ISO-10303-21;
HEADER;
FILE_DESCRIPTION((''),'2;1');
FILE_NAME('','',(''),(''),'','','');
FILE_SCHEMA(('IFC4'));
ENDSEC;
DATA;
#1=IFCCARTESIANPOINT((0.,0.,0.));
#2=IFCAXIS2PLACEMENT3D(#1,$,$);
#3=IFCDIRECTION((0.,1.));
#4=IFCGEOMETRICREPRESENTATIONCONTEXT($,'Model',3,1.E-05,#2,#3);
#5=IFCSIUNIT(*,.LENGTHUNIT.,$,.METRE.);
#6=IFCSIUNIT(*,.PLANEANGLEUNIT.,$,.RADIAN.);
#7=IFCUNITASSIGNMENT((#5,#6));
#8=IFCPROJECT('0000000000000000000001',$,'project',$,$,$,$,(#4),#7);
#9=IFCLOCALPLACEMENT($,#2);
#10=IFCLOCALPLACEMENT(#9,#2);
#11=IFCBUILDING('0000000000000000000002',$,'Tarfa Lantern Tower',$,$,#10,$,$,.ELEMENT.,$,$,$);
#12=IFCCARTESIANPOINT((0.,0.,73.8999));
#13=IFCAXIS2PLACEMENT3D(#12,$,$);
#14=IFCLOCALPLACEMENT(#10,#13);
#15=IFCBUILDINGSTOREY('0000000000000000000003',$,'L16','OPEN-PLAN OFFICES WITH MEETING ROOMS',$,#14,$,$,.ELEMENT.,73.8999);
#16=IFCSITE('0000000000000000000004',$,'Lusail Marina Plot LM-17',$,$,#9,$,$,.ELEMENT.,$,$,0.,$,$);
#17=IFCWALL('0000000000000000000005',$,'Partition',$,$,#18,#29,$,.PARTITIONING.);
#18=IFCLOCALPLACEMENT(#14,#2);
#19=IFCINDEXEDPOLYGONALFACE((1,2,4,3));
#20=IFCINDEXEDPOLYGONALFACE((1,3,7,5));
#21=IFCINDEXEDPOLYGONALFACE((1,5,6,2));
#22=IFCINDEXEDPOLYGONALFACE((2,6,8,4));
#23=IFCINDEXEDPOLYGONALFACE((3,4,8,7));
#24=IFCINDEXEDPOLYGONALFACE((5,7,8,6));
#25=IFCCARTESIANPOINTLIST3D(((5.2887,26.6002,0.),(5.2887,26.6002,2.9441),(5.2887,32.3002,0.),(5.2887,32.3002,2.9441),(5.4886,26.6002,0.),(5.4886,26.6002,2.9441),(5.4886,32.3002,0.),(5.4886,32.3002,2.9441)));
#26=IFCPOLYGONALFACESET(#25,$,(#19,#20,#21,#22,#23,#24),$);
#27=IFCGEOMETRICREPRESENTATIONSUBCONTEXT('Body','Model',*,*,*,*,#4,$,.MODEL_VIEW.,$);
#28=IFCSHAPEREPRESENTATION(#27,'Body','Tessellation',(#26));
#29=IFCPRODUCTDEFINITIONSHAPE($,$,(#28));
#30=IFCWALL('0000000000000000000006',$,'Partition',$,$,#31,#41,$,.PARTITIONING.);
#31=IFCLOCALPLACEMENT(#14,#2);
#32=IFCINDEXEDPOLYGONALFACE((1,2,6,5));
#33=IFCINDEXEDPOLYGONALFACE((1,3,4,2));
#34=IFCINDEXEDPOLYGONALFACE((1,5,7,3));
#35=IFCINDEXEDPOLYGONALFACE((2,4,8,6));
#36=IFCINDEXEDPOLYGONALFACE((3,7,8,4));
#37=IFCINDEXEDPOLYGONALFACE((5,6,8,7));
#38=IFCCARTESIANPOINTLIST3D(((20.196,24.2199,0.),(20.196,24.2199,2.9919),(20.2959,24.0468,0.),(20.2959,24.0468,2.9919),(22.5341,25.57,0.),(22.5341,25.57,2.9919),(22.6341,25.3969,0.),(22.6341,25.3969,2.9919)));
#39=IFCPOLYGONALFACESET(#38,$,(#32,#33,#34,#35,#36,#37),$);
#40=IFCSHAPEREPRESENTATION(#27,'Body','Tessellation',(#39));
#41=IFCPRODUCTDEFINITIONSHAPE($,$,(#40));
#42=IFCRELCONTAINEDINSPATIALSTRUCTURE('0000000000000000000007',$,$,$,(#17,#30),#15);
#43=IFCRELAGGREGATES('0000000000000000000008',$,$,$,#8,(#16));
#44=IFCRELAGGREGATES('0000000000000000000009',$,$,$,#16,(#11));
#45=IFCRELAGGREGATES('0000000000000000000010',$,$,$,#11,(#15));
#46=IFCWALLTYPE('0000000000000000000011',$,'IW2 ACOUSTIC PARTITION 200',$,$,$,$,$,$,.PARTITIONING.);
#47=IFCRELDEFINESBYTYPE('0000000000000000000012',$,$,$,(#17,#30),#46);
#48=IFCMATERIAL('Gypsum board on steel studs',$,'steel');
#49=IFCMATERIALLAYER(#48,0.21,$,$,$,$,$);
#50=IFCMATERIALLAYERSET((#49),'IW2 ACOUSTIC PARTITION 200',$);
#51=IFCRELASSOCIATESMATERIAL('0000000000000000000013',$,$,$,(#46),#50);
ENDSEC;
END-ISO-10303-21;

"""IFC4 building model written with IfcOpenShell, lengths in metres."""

from ifc_helpers import new_model, si_unit, direction, frame, frame_2d, origin, place, context, subcontext, project, spatial, rectangle, extrude, material, layer, layer_set, type_object, element, save


model = new_model("IFC4")

# Units and contexts
model_context = context("Model", 3, precision=1e-05, world=origin(), true_north=direction((0.0, 1.0)))
body_context = subcontext(model_context, "Body", "Model", "MODEL_VIEW")
ifc_project = project(units=[si_unit("LENGTHUNIT", "METRE"), si_unit("PLANEANGLEUNIT", "RADIAN")], contexts=[model_context])

# Site, building, storey
site_placement = place(None, origin())
site = spatial("IfcSite", under=ifc_project, at=site_placement, Name="Lusail Marina Plot LM-17", CompositionType="ELEMENT", RefElevation=0.0)
building_placement = place(site_placement, origin())
building = spatial("IfcBuilding", under=site, at=building_placement, Name="Tarfa Lantern Tower", CompositionType="ELEMENT")
storey_placement = place(building_placement, frame((0.0, 0.0, 73.8999)))
storey = spatial("IfcBuildingStorey", under=building, at=storey_placement, Name="L16", Description="OPEN-PLAN OFFICES WITH MEETING ROOMS", CompositionType="ELEMENT", Elevation=73.8999)

# Shared definitions
ifc_material_1 = material(Name="Gypsum board on steel studs", Category="steel")
ifc_layer_1 = layer(ifc_material_1, 0.21)
ifc_layer_set_1 = layer_set([ifc_layer_1], Name="IW2 ACOUSTIC PARTITION 200")
wall_type_1 = type_object("IfcWallType", Name="IW2 ACOUSTIC PARTITION 200", PredefinedType="PARTITIONING", material=ifc_layer_set_1)

# Walls
wall_1_placement = place(storey_placement, frame((5.3887, 26.6001, 0.0), z_axis=(0.0, 0.0, 1.0), x_axis=(0.0, 1.0, 0.0)))
element("IfcWall", 1, at=wall_1_placement, inside=storey, type_object=wall_type_1, Name="Partition", PredefinedType="PARTITIONING", context=body_context, shape_type="SweptSolid", body=[
    extrude(rectangle(XDim=5.7, YDim=0.2, at=frame_2d((2.8501, 0.0))), origin(), (0.0, 0.0, 1.0), 2.9441),
])
wall_2_placement = place(storey_placement, frame((20.2458, 24.1333, 0.0), z_axis=(0.0, 0.0, 1.0), x_axis=(0.865997, 0.500049, 0.0)))
element("IfcWall", 2, at=wall_2_placement, inside=storey, type_object=wall_type_1, Name="Partition", PredefinedType="PARTITIONING", context=body_context, shape_type="SweptSolid", body=[
    extrude(rectangle(XDim=2.7, YDim=0.2, at=frame_2d((1.3501, 0.0))), origin(), (0.0, 0.0, 1.0), 2.9919),
])

save(model, "model.ifc")
